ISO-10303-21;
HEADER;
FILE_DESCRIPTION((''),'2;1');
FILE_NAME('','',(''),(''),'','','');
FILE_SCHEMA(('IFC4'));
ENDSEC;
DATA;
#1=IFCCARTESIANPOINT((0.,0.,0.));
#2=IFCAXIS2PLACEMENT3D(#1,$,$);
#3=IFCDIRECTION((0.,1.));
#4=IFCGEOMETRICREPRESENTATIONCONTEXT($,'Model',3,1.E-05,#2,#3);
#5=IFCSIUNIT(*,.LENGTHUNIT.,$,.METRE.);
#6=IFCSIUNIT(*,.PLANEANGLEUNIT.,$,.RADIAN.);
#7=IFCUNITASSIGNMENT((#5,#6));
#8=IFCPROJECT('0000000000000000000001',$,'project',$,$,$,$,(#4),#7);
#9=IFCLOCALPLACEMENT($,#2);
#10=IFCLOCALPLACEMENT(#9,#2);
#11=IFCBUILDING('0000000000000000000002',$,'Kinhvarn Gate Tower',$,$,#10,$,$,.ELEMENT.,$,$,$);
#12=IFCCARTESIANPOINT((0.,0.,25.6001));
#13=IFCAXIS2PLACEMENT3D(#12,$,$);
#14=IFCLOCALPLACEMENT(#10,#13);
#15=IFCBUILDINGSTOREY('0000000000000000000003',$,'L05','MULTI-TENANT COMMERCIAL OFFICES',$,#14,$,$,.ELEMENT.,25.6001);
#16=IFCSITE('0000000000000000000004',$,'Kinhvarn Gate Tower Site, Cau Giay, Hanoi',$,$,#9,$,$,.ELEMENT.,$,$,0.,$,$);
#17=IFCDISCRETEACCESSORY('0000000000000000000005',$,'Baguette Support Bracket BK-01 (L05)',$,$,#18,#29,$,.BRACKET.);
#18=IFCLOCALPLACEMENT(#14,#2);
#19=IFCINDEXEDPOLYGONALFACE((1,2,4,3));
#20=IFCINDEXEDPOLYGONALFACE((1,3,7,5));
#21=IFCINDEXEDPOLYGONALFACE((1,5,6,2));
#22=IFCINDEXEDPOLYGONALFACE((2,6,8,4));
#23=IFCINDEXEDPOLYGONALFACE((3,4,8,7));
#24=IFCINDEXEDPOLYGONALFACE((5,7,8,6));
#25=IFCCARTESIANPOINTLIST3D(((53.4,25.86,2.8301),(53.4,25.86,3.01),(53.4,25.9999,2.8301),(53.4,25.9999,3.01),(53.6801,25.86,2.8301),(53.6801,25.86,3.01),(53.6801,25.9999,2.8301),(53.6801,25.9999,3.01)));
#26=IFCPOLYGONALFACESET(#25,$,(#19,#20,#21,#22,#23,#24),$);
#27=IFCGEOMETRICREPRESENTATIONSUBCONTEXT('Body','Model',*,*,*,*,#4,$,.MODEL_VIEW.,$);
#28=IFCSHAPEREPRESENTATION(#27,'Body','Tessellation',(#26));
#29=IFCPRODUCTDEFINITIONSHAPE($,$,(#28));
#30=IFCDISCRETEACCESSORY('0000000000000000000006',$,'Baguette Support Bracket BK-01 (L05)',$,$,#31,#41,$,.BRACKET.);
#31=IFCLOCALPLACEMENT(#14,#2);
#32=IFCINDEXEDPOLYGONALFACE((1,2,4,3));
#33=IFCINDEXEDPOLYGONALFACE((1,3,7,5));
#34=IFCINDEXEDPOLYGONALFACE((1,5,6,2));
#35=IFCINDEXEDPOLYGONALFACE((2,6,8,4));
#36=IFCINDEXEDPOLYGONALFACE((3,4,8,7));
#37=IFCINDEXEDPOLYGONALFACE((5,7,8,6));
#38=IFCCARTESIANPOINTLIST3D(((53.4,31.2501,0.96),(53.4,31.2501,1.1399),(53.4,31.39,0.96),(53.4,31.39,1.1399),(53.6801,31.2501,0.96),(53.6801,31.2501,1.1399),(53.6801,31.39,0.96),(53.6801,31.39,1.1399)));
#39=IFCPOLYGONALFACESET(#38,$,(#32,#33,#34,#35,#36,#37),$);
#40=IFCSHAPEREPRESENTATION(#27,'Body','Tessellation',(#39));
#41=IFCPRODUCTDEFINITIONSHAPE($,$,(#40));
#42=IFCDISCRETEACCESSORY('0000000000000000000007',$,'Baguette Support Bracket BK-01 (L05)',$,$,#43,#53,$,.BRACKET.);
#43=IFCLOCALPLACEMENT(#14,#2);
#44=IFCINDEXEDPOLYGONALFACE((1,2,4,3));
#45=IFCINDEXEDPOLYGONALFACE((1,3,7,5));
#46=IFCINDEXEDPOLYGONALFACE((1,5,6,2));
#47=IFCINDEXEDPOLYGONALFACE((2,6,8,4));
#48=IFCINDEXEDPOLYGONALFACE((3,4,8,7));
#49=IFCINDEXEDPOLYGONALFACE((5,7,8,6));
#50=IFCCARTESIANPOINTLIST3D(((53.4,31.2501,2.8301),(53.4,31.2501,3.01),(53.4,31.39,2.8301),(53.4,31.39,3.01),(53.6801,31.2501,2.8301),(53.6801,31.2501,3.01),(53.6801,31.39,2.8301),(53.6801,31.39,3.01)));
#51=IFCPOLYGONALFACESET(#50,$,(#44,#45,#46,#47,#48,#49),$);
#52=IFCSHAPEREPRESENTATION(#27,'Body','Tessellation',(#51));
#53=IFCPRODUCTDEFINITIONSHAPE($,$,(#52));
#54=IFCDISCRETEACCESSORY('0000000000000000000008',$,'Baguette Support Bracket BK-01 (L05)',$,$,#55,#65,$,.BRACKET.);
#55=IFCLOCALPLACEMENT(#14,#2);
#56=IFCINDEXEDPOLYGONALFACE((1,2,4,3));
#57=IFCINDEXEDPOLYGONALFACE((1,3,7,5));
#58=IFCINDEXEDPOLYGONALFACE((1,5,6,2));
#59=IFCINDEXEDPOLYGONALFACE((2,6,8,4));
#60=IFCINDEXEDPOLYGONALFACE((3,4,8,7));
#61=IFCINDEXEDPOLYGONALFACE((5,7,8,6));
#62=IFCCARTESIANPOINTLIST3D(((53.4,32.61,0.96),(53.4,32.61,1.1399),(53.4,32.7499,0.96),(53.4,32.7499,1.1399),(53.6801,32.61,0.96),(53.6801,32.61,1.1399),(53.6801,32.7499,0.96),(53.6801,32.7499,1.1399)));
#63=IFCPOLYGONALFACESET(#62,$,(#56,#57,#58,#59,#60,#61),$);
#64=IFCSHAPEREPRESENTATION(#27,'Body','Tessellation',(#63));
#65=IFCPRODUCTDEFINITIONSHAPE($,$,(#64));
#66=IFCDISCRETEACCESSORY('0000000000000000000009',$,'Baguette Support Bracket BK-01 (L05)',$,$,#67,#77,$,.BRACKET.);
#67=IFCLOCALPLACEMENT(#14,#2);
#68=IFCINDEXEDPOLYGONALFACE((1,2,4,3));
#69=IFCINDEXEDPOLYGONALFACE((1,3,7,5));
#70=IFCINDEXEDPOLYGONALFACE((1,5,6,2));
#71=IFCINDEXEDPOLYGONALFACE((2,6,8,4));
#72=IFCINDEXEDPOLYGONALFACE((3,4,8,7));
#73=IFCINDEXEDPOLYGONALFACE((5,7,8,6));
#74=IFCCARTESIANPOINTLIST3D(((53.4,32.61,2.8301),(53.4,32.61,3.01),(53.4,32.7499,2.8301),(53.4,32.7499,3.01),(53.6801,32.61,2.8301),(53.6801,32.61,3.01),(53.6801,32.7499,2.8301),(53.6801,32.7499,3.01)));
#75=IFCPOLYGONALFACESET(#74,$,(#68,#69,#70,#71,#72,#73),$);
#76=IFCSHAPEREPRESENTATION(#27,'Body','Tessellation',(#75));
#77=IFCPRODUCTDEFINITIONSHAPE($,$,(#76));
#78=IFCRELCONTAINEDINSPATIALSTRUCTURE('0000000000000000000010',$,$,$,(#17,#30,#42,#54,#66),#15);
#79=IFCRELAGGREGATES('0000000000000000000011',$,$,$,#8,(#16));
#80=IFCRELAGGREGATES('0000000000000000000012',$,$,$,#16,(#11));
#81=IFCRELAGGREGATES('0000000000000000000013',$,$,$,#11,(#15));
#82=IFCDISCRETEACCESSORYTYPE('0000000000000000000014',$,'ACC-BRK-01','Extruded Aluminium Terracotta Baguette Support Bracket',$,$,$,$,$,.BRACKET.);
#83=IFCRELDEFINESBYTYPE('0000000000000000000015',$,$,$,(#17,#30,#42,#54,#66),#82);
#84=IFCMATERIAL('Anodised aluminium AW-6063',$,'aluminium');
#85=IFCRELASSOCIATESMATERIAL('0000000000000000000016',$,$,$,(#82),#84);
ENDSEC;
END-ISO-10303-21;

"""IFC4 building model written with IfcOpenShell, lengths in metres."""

from ifc_helpers import new_model, si_unit, direction, frame, origin, origin_2d, place, context, subcontext, project, spatial, rectangle, extrude, material, type_object, element, save


model = new_model("IFC4")

# Units and contexts
model_context = context("Model", 3, precision=1e-05, world=origin(), true_north=direction((0.0, 1.0)))
body_context = subcontext(model_context, "Body", "Model", "MODEL_VIEW")
ifc_project = project(units=[si_unit("LENGTHUNIT", "METRE"), si_unit("PLANEANGLEUNIT", "RADIAN")], contexts=[model_context])

# Site, building, storey
site_placement = place(None, origin())
site = spatial("IfcSite", under=ifc_project, at=site_placement, Name="Kinhvarn Gate Tower Site, Cau Giay, Hanoi", CompositionType="ELEMENT", RefElevation=0.0)
building_placement = place(site_placement, origin())
building = spatial("IfcBuilding", under=site, at=building_placement, Name="Kinhvarn Gate Tower", CompositionType="ELEMENT")
storey_placement = place(building_placement, frame((0.0, 0.0, 25.6001)))
storey = spatial("IfcBuildingStorey", under=building, at=storey_placement, Name="L05", Description="MULTI-TENANT COMMERCIAL OFFICES", CompositionType="ELEMENT", Elevation=25.6001)

# Shared definitions
ifc_material_1 = material(Name="Anodised aluminium AW-6063", Category="aluminium")

# Discrete accessories
discrete_accessory_type = type_object("IfcDiscreteAccessoryType", Name="ACC-BRK-01", Description="Extruded Aluminium Terracotta Baguette Support Bracket", PredefinedType="BRACKET", material=ifc_material_1)
for number, where, z_axis, x_axis, name in (
    (1, (53.54, 25.9299, 2.8301), (0.0, 0.0, 1.0), (0.0, 1.0, 0.0), "Baguette Support Bracket BK-01 (L05)"),
    (2, (53.54, 31.3201, 0.96), (0.0, 0.0, 1.0), (0.0, 1.0, 0.0), "Baguette Support Bracket BK-01 (L05)"),
    (3, (53.54, 31.3201, 2.8301), (0.0, 0.0, 1.0), (0.0, 1.0, 0.0), "Baguette Support Bracket BK-01 (L05)"),
    (4, (53.54, 32.6799, 0.96), (0.0, 0.0, 1.0), (0.0, 1.0, 0.0), "Baguette Support Bracket BK-01 (L05)"),
    (5, (53.54, 32.6799, 2.8301), (0.0, 0.0, 1.0), (0.0, 1.0, 0.0), "Baguette Support Bracket BK-01 (L05)"),
):
    element("IfcDiscreteAccessory", number, at=place(storey_placement, frame(where, z_axis=z_axis, x_axis=x_axis)), inside=storey, type_object=discrete_accessory_type, Name=name, PredefinedType="BRACKET", context=body_context, shape_type="SweptSolid", body=[
        extrude(rectangle(XDim=0.1399, YDim=0.28, at=origin_2d()), origin(), (0.0, 0.0, 1.0), 0.1799),
    ])

save(model, "model.ifc")
